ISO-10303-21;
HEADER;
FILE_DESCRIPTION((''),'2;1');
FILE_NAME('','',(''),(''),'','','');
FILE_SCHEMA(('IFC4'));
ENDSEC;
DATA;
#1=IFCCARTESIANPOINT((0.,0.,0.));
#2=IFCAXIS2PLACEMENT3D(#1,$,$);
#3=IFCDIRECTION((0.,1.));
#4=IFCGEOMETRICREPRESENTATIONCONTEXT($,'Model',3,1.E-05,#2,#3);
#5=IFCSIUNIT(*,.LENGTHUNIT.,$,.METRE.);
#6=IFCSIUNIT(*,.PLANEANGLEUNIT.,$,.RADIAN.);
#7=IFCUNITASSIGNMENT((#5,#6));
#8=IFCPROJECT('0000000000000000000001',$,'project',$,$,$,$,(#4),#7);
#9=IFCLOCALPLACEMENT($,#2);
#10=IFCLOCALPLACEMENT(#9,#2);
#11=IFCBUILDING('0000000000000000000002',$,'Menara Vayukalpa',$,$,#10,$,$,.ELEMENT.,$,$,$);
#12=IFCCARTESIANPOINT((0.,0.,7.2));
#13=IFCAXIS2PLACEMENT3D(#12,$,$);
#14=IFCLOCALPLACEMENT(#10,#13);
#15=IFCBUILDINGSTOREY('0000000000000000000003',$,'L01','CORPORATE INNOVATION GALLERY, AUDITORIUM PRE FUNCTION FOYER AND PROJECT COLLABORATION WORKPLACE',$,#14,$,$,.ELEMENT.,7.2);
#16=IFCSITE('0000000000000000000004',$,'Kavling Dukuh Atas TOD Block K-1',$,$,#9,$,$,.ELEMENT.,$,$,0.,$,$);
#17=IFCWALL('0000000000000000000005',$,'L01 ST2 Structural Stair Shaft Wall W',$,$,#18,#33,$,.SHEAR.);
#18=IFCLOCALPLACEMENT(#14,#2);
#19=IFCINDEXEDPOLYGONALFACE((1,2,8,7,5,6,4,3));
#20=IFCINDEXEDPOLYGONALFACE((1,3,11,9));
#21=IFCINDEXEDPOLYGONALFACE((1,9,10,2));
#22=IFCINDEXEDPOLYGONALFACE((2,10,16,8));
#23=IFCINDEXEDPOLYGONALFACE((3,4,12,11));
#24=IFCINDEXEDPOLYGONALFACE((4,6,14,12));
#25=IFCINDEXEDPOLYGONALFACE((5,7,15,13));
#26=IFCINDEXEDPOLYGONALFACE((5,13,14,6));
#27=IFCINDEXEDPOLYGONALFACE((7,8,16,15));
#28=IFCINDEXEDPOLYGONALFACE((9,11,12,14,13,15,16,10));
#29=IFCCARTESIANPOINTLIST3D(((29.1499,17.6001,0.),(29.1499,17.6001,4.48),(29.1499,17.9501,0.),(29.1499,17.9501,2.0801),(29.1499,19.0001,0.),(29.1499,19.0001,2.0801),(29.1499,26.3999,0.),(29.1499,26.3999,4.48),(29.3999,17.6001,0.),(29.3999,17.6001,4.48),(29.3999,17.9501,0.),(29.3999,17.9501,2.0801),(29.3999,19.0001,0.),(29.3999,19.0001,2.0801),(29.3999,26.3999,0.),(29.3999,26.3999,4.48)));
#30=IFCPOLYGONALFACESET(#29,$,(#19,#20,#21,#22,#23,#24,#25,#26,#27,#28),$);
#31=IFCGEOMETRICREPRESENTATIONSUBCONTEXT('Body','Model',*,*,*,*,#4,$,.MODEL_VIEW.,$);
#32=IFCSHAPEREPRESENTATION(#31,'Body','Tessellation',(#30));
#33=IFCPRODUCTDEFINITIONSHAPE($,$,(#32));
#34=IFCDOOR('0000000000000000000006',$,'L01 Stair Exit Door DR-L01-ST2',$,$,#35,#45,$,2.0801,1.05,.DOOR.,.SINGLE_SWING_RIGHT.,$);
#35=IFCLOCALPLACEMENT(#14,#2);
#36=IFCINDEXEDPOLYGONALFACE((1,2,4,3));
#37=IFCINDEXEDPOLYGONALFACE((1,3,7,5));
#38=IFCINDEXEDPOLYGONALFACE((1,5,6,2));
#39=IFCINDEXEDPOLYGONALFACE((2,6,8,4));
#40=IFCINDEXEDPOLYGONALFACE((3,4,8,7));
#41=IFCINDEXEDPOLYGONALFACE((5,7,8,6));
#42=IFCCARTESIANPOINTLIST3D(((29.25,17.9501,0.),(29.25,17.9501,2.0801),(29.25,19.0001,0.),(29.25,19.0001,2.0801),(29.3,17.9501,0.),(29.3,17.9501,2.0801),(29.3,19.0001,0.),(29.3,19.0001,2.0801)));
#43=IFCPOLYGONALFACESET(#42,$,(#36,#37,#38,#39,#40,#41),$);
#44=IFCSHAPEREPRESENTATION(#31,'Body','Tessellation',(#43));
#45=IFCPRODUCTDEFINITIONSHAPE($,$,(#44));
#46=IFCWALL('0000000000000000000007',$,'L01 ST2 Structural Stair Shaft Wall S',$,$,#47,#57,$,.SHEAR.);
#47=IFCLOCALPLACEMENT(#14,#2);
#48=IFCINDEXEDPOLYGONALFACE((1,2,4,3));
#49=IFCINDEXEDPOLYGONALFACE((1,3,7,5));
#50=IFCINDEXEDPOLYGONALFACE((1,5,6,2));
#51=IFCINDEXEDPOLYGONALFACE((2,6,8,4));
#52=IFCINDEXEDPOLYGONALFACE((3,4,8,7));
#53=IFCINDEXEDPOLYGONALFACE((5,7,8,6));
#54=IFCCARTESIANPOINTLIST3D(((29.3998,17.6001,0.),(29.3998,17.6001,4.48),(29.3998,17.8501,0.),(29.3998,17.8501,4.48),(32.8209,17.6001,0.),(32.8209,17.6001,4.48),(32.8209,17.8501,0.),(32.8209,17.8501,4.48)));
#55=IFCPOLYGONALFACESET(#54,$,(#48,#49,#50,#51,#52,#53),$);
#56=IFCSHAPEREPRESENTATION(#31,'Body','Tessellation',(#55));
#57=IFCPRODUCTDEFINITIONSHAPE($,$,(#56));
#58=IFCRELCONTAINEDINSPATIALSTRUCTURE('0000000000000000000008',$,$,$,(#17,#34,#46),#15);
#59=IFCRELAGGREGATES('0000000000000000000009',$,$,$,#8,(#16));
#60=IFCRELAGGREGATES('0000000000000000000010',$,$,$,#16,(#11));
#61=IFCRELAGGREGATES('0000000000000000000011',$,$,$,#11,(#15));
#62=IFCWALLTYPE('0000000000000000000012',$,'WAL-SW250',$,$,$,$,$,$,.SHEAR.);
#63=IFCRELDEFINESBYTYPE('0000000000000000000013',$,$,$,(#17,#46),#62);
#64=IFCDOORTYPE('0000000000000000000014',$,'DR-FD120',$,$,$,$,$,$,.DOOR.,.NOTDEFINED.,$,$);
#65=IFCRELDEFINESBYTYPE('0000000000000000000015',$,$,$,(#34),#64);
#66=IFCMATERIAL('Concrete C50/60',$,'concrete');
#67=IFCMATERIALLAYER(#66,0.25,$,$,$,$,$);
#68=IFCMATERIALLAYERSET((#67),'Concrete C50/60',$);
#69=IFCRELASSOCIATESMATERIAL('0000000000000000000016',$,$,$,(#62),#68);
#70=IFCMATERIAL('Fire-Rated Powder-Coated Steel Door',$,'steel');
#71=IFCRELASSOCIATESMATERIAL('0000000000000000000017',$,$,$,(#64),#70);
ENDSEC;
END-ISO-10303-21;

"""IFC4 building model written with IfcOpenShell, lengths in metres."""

from ifc_helpers import new_model, si_unit, direction, frame, frame_2d, origin, place, context, subcontext, project, spatial, rectangle, extrude, material, layer, layer_set, type_object, element, fill, save


model = new_model("IFC4")

# Units and contexts
model_context = context("Model", 3, precision=1e-05, world=origin(), true_north=direction((0.0, 1.0)))
body_context = subcontext(model_context, "Body", "Model", "MODEL_VIEW")
ifc_project = project(units=[si_unit("LENGTHUNIT", "METRE"), si_unit("PLANEANGLEUNIT", "RADIAN")], contexts=[model_context])

# Site, building, storey
site_placement = place(None, origin())
site = spatial("IfcSite", under=ifc_project, at=site_placement, Name="Kavling Dukuh Atas TOD Block K-1", CompositionType="ELEMENT", RefElevation=0.0)
building_placement = place(site_placement, origin())
building = spatial("IfcBuilding", under=site, at=building_placement, Name="Menara Vayukalpa", CompositionType="ELEMENT")
storey_placement = place(building_placement, frame((0.0, 0.0, 7.2)))
storey = spatial("IfcBuildingStorey", under=building, at=storey_placement, Name="L01", Description="CORPORATE INNOVATION GALLERY, AUDITORIUM PRE FUNCTION FOYER AND PROJECT COLLABORATION WORKPLACE", CompositionType="ELEMENT", Elevation=7.2)

# Wall, opening, door
ifc_material_1 = material(Name="Concrete C50/60", Category="concrete")
ifc_layer_1 = layer(ifc_material_1, 0.25)
ifc_layer_set_1 = layer_set([ifc_layer_1], Name="Concrete C50/60")
wall_type_1 = type_object("IfcWallType", Name="WAL-SW250", PredefinedType="SHEAR", material=ifc_layer_set_1)
wall_1_placement = place(storey_placement, frame((29.2749, 17.6001, 0.0), z_axis=(0.0, 0.0, 1.0), x_axis=(0.0, 1.0, 0.0)))
wall_1 = element("IfcWall", 1, at=wall_1_placement, inside=storey, type_object=wall_type_1, Name="L01 ST2 Structural Stair Shaft Wall W", PredefinedType="SHEAR", context=body_context, shape_type="SweptSolid", body=[
    extrude(rectangle(XDim=8.7998, YDim=0.25, at=frame_2d((4.3999, 0.0))), origin(), (0.0, 0.0, 1.0), 4.48),
])
opening_1_placement = place(wall_1_placement, frame((0.3501, 0.0, 0.0)))
opening_1 = element("IfcOpeningElement", 2, at=opening_1_placement, cuts=wall_1, PredefinedType="OPENING", context=body_context, shape_type="SweptSolid", body=[
    extrude(rectangle(XDim=1.05, YDim=2.0801, at=frame_2d((0.5249, 1.04))), frame((0.0, 0.135, 0.0), z_axis=(0.0, -1.0, 0.0), x_axis=(1.0, 0.0, 0.0)), (0.0, 0.0, 1.0), 0.27),
])
ifc_material_2 = material(Name="Fire-Rated Powder-Coated Steel Door", Category="steel")
door_type_1 = type_object("IfcDoorType", Name="DR-FD120", OperationType="NOTDEFINED", PredefinedType="DOOR", material=ifc_material_2)
door_1_placement = place(opening_1_placement, origin())
door_1 = element("IfcDoor", 3, at=door_1_placement, inside=storey, type_object=door_type_1, Name="L01 Stair Exit Door DR-L01-ST2", OperationType="SINGLE_SWING_RIGHT", OverallHeight=2.0801, OverallWidth=1.05, PredefinedType="DOOR", context=body_context, shape_type="SweptSolid", body=[
    extrude(rectangle(XDim=1.05, YDim=2.0801, at=frame_2d((0.5249, 1.04))), frame((0.0, 0.0249, 0.0), z_axis=(0.0, -1.0, 0.0), x_axis=(1.0, 0.0, 0.0)), (0.0, 0.0, 1.0), 0.05),
])
fill(opening_1, door_1)

# Wall
wall_2_placement = place(storey_placement, frame((29.3999, 17.7251, 0.0), z_axis=(0.0, 0.0, 1.0), x_axis=(1.0, 0.0, 0.0)))
element("IfcWall", 4, at=wall_2_placement, inside=storey, type_object=wall_type_1, Name="L01 ST2 Structural Stair Shaft Wall S", PredefinedType="SHEAR", context=body_context, shape_type="SweptSolid", body=[
    extrude(rectangle(XDim=3.4211, YDim=0.25, at=frame_2d((1.7104, 0.0))), origin(), (0.0, 0.0, 1.0), 4.48),
])

save(model, "model.ifc")
